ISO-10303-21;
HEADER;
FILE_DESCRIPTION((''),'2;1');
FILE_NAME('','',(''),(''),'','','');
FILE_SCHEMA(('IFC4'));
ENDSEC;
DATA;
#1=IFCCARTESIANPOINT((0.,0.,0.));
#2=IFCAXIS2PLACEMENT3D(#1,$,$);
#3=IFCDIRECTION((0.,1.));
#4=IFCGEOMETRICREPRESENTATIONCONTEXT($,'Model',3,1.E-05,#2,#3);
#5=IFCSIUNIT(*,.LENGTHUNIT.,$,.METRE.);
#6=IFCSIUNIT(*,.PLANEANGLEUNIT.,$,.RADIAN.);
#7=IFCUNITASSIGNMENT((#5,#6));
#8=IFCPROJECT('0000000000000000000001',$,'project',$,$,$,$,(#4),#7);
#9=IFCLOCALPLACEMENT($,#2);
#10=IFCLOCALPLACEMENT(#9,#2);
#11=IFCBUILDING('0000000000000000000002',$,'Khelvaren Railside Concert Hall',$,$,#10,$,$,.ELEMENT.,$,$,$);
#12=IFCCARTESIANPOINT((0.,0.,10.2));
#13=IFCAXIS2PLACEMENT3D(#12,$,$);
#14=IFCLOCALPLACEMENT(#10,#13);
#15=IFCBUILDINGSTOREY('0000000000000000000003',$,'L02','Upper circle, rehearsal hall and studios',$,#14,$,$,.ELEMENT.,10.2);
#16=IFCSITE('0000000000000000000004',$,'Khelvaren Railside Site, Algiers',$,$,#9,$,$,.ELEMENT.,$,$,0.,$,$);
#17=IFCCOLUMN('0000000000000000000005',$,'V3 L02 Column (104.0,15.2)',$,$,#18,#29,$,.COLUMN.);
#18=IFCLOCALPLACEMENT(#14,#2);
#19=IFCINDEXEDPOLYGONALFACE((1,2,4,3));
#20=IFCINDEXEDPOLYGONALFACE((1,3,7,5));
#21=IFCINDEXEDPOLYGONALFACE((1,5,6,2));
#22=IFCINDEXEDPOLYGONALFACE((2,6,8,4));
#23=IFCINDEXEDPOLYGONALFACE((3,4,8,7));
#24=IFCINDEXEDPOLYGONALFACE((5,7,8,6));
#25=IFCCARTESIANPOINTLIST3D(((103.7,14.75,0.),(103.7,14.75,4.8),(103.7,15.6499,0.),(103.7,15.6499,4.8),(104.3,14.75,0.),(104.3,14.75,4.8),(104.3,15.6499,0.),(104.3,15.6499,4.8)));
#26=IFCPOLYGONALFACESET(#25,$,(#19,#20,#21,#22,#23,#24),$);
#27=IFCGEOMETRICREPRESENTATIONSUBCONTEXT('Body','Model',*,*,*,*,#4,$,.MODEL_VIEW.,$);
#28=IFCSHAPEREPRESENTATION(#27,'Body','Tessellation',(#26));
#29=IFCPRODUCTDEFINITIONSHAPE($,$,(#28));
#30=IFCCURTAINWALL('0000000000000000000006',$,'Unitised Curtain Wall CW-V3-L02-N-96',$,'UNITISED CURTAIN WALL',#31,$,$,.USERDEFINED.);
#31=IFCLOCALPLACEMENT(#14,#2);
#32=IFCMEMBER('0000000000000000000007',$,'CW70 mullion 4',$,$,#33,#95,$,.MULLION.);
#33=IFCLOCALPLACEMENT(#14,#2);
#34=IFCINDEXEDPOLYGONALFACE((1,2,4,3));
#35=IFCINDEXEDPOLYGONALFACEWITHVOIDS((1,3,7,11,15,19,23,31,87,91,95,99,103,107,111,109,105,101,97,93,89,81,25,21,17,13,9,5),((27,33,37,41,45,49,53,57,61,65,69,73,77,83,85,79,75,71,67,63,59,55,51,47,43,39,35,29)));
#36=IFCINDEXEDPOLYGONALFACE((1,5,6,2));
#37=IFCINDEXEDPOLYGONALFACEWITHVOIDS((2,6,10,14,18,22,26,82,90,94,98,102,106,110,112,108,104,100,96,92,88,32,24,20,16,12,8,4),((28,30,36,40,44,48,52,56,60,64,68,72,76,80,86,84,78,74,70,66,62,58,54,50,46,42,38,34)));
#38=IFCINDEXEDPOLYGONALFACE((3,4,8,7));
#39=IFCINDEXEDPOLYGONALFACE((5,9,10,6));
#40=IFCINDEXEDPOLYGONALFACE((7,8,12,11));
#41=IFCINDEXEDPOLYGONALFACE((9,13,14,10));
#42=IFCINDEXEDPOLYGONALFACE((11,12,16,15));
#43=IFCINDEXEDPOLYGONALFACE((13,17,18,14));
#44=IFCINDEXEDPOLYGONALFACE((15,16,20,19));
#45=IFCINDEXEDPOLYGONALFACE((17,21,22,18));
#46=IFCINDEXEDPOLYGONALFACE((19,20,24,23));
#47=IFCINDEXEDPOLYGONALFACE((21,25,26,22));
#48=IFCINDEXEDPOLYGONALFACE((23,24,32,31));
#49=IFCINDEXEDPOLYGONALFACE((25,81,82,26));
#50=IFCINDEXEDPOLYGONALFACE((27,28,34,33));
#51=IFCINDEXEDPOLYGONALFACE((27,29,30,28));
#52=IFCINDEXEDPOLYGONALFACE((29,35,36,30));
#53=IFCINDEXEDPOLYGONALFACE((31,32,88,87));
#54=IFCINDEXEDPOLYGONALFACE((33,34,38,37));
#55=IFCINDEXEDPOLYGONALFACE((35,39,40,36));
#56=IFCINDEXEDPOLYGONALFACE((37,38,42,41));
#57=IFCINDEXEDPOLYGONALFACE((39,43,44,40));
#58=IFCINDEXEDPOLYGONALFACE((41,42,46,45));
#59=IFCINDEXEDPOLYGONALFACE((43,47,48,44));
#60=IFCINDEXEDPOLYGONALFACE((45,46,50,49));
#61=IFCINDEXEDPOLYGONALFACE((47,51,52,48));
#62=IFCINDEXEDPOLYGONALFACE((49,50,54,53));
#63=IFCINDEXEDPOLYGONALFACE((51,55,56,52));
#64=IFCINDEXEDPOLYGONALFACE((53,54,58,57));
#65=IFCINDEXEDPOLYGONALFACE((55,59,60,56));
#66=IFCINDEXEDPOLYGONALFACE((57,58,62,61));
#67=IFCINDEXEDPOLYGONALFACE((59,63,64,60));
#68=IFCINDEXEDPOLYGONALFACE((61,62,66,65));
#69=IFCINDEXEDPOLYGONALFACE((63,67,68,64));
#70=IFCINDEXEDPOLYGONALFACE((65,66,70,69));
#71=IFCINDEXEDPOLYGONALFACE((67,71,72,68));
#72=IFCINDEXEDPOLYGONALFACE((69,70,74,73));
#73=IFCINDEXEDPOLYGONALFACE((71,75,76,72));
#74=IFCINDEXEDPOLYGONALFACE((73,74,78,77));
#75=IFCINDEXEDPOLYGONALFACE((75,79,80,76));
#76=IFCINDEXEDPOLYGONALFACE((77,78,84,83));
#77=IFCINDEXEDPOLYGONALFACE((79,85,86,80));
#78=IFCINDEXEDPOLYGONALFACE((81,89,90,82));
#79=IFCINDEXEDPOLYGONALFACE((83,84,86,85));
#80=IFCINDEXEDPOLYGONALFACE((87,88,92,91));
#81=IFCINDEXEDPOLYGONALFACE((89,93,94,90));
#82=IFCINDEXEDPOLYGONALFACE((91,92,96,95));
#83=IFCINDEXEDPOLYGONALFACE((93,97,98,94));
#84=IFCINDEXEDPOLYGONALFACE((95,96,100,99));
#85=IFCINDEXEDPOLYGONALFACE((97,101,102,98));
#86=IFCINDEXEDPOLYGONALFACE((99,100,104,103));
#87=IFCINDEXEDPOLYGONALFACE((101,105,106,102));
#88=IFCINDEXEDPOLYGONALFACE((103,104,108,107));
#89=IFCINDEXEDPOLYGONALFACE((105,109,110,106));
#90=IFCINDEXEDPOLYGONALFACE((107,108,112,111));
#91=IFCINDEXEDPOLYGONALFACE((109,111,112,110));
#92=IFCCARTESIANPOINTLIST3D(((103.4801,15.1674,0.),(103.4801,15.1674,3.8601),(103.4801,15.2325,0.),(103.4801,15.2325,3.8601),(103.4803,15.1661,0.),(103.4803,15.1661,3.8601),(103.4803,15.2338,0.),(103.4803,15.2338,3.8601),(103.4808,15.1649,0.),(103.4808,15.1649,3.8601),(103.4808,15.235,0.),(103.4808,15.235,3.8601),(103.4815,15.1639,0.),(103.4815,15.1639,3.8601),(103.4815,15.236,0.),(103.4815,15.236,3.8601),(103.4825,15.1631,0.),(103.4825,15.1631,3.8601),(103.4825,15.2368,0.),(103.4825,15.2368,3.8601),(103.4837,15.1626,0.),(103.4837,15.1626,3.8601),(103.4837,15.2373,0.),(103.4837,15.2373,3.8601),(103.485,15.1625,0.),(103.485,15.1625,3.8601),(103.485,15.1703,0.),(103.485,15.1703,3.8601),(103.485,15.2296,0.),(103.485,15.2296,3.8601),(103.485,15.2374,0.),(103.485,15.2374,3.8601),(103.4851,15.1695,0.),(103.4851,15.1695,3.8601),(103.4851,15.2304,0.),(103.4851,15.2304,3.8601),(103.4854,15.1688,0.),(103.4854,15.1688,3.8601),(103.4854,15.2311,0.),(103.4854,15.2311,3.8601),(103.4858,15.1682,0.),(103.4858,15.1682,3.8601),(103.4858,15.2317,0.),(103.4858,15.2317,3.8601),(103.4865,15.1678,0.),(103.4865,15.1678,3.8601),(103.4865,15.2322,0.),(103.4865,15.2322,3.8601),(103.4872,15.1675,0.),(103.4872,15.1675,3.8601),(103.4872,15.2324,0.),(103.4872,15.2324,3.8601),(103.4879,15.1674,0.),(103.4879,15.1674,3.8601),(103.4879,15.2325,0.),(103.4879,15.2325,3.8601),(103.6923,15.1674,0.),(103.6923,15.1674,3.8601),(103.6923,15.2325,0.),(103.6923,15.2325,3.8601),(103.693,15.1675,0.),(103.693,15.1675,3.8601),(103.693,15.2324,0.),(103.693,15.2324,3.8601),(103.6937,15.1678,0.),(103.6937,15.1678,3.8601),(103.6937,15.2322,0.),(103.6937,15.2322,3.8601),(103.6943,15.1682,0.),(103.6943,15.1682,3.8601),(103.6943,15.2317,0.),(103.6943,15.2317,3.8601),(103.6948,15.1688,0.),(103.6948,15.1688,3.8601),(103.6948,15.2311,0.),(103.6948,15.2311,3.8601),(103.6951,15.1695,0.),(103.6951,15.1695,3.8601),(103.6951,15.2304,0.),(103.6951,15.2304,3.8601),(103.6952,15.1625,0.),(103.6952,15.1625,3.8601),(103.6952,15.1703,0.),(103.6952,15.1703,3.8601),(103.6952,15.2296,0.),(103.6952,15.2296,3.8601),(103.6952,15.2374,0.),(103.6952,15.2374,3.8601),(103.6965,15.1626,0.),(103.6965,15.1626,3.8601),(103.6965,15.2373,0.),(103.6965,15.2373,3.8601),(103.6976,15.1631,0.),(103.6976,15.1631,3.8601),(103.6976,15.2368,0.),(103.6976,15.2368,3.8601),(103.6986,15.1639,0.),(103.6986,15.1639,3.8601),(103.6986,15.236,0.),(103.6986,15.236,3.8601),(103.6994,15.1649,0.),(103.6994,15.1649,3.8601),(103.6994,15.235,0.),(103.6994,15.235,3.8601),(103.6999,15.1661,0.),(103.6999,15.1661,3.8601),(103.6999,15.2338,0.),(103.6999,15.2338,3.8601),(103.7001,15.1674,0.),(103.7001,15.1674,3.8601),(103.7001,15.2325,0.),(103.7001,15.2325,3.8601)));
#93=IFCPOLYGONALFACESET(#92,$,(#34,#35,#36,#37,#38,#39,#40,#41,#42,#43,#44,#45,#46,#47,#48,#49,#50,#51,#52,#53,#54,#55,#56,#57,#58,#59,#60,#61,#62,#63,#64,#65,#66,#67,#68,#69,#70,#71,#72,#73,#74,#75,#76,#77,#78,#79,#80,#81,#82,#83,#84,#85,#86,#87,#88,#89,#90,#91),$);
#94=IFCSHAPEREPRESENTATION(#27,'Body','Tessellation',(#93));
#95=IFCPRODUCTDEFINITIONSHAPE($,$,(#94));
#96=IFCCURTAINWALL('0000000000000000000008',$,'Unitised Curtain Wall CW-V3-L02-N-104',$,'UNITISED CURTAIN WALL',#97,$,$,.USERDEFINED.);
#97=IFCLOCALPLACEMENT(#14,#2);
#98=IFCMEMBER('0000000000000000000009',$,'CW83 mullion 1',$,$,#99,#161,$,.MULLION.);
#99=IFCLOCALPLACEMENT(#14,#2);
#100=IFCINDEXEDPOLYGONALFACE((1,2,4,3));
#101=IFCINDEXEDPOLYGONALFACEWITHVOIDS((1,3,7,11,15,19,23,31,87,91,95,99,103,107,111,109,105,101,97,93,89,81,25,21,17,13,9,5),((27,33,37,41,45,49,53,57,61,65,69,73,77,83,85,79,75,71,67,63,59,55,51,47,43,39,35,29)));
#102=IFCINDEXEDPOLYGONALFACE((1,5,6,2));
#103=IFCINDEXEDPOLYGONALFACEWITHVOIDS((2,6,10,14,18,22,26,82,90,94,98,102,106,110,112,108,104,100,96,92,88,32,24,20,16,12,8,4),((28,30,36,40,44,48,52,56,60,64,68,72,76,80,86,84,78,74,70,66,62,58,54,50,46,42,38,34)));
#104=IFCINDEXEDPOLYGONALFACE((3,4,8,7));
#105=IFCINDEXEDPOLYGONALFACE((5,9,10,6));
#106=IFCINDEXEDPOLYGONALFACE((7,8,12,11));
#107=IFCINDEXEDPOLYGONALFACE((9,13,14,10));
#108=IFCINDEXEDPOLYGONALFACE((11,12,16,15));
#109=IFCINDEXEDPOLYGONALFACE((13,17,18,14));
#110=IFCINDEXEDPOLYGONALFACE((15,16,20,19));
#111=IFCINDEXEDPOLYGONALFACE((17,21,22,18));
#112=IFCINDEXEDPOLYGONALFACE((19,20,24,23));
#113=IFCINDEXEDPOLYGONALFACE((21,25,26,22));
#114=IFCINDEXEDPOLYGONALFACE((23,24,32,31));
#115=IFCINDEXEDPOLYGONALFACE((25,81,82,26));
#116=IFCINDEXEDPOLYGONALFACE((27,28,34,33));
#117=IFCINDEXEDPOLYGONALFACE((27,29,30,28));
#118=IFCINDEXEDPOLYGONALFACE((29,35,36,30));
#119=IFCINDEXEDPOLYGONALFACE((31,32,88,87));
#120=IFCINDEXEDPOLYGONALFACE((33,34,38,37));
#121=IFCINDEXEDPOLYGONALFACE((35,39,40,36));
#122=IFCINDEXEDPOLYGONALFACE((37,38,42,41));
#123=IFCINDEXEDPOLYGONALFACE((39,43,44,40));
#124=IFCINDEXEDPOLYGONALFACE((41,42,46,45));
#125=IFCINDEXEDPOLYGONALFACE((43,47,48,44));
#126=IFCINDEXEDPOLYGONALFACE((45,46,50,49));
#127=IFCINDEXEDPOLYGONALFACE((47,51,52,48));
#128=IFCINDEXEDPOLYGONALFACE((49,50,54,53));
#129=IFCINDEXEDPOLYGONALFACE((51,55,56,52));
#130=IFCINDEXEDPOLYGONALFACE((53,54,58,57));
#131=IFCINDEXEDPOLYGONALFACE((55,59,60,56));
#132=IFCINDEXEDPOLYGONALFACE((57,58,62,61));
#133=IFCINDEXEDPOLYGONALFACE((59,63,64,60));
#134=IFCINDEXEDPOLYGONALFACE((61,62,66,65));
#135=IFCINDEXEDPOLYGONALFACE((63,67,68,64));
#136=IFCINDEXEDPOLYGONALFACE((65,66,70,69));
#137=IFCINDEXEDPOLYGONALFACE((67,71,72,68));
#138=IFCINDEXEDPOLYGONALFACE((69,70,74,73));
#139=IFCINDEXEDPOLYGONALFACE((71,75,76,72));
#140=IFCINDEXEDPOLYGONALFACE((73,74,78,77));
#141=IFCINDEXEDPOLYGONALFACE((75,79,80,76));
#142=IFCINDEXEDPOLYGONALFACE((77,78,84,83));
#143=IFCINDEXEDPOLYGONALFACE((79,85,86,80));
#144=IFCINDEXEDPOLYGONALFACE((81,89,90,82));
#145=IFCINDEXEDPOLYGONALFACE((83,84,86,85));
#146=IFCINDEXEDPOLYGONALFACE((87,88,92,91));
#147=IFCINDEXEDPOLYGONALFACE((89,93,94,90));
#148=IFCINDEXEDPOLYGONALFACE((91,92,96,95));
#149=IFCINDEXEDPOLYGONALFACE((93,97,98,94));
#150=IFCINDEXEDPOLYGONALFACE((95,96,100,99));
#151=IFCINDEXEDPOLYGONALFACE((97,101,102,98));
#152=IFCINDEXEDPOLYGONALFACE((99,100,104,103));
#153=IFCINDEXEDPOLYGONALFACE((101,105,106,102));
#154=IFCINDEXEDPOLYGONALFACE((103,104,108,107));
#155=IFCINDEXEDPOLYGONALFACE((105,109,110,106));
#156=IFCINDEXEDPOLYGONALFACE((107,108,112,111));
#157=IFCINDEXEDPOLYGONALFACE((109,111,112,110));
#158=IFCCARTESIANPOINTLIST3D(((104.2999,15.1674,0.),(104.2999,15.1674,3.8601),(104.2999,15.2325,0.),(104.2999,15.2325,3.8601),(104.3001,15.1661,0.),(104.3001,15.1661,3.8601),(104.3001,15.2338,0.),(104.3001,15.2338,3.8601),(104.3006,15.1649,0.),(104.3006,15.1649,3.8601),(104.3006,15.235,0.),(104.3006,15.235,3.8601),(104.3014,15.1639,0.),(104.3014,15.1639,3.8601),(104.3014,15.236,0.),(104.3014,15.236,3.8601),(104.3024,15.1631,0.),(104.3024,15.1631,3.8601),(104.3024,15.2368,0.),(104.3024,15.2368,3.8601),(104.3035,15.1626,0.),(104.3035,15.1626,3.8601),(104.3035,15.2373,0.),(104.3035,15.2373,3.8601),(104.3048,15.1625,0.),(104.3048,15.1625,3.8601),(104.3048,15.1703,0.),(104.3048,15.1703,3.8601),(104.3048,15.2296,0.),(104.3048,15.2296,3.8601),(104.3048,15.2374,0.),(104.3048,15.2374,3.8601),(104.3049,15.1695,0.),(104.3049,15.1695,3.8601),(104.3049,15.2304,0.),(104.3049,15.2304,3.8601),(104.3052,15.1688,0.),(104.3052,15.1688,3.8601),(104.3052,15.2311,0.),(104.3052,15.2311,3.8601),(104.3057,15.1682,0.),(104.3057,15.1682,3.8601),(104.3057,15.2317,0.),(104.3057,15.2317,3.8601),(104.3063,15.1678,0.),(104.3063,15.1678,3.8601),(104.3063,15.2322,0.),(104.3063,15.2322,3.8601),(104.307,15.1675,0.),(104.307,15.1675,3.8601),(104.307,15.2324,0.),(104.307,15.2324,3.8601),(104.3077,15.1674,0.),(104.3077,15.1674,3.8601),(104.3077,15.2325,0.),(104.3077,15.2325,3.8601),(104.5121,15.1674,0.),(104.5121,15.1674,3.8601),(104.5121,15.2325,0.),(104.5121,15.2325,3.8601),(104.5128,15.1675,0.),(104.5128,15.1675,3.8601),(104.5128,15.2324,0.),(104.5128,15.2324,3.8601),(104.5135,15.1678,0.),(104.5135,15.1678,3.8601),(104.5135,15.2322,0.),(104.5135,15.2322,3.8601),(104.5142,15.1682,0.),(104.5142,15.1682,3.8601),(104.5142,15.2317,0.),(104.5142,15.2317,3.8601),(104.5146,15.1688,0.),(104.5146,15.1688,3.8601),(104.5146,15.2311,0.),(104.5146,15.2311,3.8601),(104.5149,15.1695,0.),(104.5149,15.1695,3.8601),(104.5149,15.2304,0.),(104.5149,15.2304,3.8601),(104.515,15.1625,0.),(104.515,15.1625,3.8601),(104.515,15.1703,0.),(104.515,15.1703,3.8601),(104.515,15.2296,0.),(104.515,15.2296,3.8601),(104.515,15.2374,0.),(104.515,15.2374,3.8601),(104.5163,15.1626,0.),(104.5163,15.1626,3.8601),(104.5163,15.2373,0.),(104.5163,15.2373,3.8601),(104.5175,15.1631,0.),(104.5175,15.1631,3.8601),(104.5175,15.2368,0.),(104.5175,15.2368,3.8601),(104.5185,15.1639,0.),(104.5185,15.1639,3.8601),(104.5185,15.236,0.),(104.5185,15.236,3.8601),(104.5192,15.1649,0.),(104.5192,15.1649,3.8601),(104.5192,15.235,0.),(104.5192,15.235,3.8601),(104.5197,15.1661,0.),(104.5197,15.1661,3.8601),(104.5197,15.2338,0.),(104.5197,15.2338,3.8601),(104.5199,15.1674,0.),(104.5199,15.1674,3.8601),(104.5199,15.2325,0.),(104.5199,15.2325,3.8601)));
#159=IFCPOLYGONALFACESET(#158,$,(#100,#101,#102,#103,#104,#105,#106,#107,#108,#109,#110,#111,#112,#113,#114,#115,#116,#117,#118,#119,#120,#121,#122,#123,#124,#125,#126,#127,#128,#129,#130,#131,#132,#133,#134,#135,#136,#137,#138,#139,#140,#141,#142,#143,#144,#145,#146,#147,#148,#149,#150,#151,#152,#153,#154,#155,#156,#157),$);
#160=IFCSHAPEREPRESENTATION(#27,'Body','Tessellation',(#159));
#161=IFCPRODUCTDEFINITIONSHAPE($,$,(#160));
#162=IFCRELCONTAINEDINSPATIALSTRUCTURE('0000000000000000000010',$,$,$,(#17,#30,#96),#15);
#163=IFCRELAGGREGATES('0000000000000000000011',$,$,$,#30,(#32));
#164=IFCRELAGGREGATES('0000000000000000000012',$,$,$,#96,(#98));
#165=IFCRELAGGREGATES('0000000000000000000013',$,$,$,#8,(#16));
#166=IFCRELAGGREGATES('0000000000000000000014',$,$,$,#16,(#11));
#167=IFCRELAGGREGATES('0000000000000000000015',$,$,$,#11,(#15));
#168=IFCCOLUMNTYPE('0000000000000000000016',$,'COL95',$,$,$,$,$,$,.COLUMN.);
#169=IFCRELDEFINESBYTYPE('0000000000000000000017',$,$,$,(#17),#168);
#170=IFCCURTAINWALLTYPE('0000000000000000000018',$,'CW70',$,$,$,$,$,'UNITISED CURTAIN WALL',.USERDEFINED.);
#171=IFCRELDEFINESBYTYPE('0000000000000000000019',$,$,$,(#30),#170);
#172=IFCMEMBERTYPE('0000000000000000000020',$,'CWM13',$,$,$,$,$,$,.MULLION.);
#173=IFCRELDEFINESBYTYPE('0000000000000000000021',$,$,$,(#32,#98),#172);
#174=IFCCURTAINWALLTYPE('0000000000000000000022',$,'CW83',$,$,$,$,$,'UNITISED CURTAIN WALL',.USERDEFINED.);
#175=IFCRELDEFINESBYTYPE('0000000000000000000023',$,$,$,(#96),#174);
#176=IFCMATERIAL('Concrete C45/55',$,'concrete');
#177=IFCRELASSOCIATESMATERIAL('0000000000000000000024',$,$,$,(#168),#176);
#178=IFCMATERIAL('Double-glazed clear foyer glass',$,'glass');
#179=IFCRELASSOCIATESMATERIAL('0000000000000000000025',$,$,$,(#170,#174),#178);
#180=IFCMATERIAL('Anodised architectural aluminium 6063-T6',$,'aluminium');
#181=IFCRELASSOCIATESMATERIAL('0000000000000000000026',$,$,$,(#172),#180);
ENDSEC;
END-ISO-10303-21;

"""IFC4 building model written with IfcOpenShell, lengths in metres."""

from ifc_helpers import new_model, si_unit, direction, frame, origin, origin_2d, place, context, subcontext, project, spatial, rectangle, hollow_rectangle, extrude, material, material_profile, profile_set, type_object, element, aggregate, save


model = new_model("IFC4")

# Units and contexts
model_context = context("Model", 3, precision=1e-05, world=origin(), true_north=direction((0.0, 1.0)))
body_context = subcontext(model_context, "Body", "Model", "MODEL_VIEW")
ifc_project = project(units=[si_unit("LENGTHUNIT", "METRE"), si_unit("PLANEANGLEUNIT", "RADIAN")], contexts=[model_context])

# Site, building, storey
site_placement = place(None, origin())
site = spatial("IfcSite", under=ifc_project, at=site_placement, Name="Khelvaren Railside Site, Algiers", CompositionType="ELEMENT", RefElevation=0.0)
building_placement = place(site_placement, origin())
building = spatial("IfcBuilding", under=site, at=building_placement, Name="Khelvaren Railside Concert Hall", CompositionType="ELEMENT")
storey_placement = place(building_placement, frame((0.0, 0.0, 10.2)))
storey = spatial("IfcBuildingStorey", under=building, at=storey_placement, Name="L02", Description="Upper circle, rehearsal hall and studios", CompositionType="ELEMENT", Elevation=10.2)

# Column
ifc_material_1 = material(Name="Concrete C45/55", Category="concrete")
ifc_material_profile_1 = material_profile(ifc_material_1, rectangle(XDim=0.6001, YDim=0.8999, at=origin_2d()), Name="RC 600x900")
ifc_profile_set_1 = profile_set([ifc_material_profile_1], Name="Concrete C45/55")
column_type = type_object("IfcColumnType", Name="COL95", PredefinedType="COLUMN", material=ifc_profile_set_1)
column_placement = place(storey_placement, frame((104.0, 15.2, 0.0), z_axis=(0.0, 0.0, 1.0), x_axis=(1.0, 0.0, 0.0)))
element("IfcColumn", 1, at=column_placement, inside=storey, type_object=column_type, Name="V3 L02 Column (104.0,15.2)", PredefinedType="COLUMN", context=body_context, shape_type="SweptSolid", body=[
    extrude(rectangle(XDim=0.6001, YDim=0.8999, at=origin_2d()), origin(), (0.0, 0.0, 1.0), 4.8),
])

# Curtain wall, member
ifc_material_2 = material(Name="Double-glazed clear foyer glass", Category="glass")
curtain_wall_type_1 = type_object("IfcCurtainWallType", Name="CW70", ElementType="UNITISED CURTAIN WALL", PredefinedType="USERDEFINED", material=ifc_material_2)
curtain_wall_1_placement = place(storey_placement, origin())
curtain_wall_1 = element("IfcCurtainWall", 2, at=curtain_wall_1_placement, inside=storey, type_object=curtain_wall_type_1, Name="Unitised Curtain Wall CW-V3-L02-N-96", ObjectType="UNITISED CURTAIN WALL", PredefinedType="USERDEFINED")
ifc_material_3 = material(Name="Anodised architectural aluminium 6063-T6", Category="aluminium")
ifc_material_profile_2 = material_profile(ifc_material_3, hollow_rectangle(XDim=0.075, YDim=0.22, WallThickness=0.0049, InnerFilletRadius=0.0029, OuterFilletRadius=0.0049, at=origin_2d()), Name="CWM 75x220x5")
ifc_profile_set_2 = profile_set([ifc_material_profile_2], Name="Anodised architectural aluminium 6063-T6")
member_type_1 = type_object("IfcMemberType", Name="CWM13", PredefinedType="MULLION", material=ifc_profile_set_2)
member_1_placement = place(storey_placement, frame((103.5901, 15.2, 0.0), z_axis=(0.0, 0.0, 1.0), x_axis=(0.0, 1.0, 0.0)))
member_1 = element("IfcMember", 3, at=member_1_placement, type_object=member_type_1, Name="CW70 mullion 4", PredefinedType="MULLION", context=body_context, shape_type="SweptSolid", body=[
    extrude(hollow_rectangle(XDim=0.075, YDim=0.22, WallThickness=0.0049, InnerFilletRadius=0.0029, OuterFilletRadius=0.0049, at=origin_2d()), origin(), (0.0, 0.0, 1.0), 3.8601),
])

# Curtain wall, member
curtain_wall_type_2 = type_object("IfcCurtainWallType", Name="CW83", ElementType="UNITISED CURTAIN WALL", PredefinedType="USERDEFINED", material=ifc_material_2)
curtain_wall_2_placement = place(storey_placement, origin())
curtain_wall_2 = element("IfcCurtainWall", 4, at=curtain_wall_2_placement, inside=storey, type_object=curtain_wall_type_2, Name="Unitised Curtain Wall CW-V3-L02-N-104", ObjectType="UNITISED CURTAIN WALL", PredefinedType="USERDEFINED")
member_2_placement = place(storey_placement, frame((104.4099, 15.2, 0.0), z_axis=(0.0, 0.0, 1.0), x_axis=(0.0, 1.0, 0.0)))
member_2 = element("IfcMember", 5, at=member_2_placement, type_object=member_type_1, Name="CW83 mullion 1", PredefinedType="MULLION", context=body_context, shape_type="SweptSolid", body=[
    extrude(hollow_rectangle(XDim=0.075, YDim=0.22, WallThickness=0.0049, InnerFilletRadius=0.0029, OuterFilletRadius=0.0049, at=origin_2d()), origin(), (0.0, 0.0, 1.0), 3.8601),
])

aggregate(curtain_wall_1, [member_1])
aggregate(curtain_wall_2, [member_2])

save(model, "model.ifc")
